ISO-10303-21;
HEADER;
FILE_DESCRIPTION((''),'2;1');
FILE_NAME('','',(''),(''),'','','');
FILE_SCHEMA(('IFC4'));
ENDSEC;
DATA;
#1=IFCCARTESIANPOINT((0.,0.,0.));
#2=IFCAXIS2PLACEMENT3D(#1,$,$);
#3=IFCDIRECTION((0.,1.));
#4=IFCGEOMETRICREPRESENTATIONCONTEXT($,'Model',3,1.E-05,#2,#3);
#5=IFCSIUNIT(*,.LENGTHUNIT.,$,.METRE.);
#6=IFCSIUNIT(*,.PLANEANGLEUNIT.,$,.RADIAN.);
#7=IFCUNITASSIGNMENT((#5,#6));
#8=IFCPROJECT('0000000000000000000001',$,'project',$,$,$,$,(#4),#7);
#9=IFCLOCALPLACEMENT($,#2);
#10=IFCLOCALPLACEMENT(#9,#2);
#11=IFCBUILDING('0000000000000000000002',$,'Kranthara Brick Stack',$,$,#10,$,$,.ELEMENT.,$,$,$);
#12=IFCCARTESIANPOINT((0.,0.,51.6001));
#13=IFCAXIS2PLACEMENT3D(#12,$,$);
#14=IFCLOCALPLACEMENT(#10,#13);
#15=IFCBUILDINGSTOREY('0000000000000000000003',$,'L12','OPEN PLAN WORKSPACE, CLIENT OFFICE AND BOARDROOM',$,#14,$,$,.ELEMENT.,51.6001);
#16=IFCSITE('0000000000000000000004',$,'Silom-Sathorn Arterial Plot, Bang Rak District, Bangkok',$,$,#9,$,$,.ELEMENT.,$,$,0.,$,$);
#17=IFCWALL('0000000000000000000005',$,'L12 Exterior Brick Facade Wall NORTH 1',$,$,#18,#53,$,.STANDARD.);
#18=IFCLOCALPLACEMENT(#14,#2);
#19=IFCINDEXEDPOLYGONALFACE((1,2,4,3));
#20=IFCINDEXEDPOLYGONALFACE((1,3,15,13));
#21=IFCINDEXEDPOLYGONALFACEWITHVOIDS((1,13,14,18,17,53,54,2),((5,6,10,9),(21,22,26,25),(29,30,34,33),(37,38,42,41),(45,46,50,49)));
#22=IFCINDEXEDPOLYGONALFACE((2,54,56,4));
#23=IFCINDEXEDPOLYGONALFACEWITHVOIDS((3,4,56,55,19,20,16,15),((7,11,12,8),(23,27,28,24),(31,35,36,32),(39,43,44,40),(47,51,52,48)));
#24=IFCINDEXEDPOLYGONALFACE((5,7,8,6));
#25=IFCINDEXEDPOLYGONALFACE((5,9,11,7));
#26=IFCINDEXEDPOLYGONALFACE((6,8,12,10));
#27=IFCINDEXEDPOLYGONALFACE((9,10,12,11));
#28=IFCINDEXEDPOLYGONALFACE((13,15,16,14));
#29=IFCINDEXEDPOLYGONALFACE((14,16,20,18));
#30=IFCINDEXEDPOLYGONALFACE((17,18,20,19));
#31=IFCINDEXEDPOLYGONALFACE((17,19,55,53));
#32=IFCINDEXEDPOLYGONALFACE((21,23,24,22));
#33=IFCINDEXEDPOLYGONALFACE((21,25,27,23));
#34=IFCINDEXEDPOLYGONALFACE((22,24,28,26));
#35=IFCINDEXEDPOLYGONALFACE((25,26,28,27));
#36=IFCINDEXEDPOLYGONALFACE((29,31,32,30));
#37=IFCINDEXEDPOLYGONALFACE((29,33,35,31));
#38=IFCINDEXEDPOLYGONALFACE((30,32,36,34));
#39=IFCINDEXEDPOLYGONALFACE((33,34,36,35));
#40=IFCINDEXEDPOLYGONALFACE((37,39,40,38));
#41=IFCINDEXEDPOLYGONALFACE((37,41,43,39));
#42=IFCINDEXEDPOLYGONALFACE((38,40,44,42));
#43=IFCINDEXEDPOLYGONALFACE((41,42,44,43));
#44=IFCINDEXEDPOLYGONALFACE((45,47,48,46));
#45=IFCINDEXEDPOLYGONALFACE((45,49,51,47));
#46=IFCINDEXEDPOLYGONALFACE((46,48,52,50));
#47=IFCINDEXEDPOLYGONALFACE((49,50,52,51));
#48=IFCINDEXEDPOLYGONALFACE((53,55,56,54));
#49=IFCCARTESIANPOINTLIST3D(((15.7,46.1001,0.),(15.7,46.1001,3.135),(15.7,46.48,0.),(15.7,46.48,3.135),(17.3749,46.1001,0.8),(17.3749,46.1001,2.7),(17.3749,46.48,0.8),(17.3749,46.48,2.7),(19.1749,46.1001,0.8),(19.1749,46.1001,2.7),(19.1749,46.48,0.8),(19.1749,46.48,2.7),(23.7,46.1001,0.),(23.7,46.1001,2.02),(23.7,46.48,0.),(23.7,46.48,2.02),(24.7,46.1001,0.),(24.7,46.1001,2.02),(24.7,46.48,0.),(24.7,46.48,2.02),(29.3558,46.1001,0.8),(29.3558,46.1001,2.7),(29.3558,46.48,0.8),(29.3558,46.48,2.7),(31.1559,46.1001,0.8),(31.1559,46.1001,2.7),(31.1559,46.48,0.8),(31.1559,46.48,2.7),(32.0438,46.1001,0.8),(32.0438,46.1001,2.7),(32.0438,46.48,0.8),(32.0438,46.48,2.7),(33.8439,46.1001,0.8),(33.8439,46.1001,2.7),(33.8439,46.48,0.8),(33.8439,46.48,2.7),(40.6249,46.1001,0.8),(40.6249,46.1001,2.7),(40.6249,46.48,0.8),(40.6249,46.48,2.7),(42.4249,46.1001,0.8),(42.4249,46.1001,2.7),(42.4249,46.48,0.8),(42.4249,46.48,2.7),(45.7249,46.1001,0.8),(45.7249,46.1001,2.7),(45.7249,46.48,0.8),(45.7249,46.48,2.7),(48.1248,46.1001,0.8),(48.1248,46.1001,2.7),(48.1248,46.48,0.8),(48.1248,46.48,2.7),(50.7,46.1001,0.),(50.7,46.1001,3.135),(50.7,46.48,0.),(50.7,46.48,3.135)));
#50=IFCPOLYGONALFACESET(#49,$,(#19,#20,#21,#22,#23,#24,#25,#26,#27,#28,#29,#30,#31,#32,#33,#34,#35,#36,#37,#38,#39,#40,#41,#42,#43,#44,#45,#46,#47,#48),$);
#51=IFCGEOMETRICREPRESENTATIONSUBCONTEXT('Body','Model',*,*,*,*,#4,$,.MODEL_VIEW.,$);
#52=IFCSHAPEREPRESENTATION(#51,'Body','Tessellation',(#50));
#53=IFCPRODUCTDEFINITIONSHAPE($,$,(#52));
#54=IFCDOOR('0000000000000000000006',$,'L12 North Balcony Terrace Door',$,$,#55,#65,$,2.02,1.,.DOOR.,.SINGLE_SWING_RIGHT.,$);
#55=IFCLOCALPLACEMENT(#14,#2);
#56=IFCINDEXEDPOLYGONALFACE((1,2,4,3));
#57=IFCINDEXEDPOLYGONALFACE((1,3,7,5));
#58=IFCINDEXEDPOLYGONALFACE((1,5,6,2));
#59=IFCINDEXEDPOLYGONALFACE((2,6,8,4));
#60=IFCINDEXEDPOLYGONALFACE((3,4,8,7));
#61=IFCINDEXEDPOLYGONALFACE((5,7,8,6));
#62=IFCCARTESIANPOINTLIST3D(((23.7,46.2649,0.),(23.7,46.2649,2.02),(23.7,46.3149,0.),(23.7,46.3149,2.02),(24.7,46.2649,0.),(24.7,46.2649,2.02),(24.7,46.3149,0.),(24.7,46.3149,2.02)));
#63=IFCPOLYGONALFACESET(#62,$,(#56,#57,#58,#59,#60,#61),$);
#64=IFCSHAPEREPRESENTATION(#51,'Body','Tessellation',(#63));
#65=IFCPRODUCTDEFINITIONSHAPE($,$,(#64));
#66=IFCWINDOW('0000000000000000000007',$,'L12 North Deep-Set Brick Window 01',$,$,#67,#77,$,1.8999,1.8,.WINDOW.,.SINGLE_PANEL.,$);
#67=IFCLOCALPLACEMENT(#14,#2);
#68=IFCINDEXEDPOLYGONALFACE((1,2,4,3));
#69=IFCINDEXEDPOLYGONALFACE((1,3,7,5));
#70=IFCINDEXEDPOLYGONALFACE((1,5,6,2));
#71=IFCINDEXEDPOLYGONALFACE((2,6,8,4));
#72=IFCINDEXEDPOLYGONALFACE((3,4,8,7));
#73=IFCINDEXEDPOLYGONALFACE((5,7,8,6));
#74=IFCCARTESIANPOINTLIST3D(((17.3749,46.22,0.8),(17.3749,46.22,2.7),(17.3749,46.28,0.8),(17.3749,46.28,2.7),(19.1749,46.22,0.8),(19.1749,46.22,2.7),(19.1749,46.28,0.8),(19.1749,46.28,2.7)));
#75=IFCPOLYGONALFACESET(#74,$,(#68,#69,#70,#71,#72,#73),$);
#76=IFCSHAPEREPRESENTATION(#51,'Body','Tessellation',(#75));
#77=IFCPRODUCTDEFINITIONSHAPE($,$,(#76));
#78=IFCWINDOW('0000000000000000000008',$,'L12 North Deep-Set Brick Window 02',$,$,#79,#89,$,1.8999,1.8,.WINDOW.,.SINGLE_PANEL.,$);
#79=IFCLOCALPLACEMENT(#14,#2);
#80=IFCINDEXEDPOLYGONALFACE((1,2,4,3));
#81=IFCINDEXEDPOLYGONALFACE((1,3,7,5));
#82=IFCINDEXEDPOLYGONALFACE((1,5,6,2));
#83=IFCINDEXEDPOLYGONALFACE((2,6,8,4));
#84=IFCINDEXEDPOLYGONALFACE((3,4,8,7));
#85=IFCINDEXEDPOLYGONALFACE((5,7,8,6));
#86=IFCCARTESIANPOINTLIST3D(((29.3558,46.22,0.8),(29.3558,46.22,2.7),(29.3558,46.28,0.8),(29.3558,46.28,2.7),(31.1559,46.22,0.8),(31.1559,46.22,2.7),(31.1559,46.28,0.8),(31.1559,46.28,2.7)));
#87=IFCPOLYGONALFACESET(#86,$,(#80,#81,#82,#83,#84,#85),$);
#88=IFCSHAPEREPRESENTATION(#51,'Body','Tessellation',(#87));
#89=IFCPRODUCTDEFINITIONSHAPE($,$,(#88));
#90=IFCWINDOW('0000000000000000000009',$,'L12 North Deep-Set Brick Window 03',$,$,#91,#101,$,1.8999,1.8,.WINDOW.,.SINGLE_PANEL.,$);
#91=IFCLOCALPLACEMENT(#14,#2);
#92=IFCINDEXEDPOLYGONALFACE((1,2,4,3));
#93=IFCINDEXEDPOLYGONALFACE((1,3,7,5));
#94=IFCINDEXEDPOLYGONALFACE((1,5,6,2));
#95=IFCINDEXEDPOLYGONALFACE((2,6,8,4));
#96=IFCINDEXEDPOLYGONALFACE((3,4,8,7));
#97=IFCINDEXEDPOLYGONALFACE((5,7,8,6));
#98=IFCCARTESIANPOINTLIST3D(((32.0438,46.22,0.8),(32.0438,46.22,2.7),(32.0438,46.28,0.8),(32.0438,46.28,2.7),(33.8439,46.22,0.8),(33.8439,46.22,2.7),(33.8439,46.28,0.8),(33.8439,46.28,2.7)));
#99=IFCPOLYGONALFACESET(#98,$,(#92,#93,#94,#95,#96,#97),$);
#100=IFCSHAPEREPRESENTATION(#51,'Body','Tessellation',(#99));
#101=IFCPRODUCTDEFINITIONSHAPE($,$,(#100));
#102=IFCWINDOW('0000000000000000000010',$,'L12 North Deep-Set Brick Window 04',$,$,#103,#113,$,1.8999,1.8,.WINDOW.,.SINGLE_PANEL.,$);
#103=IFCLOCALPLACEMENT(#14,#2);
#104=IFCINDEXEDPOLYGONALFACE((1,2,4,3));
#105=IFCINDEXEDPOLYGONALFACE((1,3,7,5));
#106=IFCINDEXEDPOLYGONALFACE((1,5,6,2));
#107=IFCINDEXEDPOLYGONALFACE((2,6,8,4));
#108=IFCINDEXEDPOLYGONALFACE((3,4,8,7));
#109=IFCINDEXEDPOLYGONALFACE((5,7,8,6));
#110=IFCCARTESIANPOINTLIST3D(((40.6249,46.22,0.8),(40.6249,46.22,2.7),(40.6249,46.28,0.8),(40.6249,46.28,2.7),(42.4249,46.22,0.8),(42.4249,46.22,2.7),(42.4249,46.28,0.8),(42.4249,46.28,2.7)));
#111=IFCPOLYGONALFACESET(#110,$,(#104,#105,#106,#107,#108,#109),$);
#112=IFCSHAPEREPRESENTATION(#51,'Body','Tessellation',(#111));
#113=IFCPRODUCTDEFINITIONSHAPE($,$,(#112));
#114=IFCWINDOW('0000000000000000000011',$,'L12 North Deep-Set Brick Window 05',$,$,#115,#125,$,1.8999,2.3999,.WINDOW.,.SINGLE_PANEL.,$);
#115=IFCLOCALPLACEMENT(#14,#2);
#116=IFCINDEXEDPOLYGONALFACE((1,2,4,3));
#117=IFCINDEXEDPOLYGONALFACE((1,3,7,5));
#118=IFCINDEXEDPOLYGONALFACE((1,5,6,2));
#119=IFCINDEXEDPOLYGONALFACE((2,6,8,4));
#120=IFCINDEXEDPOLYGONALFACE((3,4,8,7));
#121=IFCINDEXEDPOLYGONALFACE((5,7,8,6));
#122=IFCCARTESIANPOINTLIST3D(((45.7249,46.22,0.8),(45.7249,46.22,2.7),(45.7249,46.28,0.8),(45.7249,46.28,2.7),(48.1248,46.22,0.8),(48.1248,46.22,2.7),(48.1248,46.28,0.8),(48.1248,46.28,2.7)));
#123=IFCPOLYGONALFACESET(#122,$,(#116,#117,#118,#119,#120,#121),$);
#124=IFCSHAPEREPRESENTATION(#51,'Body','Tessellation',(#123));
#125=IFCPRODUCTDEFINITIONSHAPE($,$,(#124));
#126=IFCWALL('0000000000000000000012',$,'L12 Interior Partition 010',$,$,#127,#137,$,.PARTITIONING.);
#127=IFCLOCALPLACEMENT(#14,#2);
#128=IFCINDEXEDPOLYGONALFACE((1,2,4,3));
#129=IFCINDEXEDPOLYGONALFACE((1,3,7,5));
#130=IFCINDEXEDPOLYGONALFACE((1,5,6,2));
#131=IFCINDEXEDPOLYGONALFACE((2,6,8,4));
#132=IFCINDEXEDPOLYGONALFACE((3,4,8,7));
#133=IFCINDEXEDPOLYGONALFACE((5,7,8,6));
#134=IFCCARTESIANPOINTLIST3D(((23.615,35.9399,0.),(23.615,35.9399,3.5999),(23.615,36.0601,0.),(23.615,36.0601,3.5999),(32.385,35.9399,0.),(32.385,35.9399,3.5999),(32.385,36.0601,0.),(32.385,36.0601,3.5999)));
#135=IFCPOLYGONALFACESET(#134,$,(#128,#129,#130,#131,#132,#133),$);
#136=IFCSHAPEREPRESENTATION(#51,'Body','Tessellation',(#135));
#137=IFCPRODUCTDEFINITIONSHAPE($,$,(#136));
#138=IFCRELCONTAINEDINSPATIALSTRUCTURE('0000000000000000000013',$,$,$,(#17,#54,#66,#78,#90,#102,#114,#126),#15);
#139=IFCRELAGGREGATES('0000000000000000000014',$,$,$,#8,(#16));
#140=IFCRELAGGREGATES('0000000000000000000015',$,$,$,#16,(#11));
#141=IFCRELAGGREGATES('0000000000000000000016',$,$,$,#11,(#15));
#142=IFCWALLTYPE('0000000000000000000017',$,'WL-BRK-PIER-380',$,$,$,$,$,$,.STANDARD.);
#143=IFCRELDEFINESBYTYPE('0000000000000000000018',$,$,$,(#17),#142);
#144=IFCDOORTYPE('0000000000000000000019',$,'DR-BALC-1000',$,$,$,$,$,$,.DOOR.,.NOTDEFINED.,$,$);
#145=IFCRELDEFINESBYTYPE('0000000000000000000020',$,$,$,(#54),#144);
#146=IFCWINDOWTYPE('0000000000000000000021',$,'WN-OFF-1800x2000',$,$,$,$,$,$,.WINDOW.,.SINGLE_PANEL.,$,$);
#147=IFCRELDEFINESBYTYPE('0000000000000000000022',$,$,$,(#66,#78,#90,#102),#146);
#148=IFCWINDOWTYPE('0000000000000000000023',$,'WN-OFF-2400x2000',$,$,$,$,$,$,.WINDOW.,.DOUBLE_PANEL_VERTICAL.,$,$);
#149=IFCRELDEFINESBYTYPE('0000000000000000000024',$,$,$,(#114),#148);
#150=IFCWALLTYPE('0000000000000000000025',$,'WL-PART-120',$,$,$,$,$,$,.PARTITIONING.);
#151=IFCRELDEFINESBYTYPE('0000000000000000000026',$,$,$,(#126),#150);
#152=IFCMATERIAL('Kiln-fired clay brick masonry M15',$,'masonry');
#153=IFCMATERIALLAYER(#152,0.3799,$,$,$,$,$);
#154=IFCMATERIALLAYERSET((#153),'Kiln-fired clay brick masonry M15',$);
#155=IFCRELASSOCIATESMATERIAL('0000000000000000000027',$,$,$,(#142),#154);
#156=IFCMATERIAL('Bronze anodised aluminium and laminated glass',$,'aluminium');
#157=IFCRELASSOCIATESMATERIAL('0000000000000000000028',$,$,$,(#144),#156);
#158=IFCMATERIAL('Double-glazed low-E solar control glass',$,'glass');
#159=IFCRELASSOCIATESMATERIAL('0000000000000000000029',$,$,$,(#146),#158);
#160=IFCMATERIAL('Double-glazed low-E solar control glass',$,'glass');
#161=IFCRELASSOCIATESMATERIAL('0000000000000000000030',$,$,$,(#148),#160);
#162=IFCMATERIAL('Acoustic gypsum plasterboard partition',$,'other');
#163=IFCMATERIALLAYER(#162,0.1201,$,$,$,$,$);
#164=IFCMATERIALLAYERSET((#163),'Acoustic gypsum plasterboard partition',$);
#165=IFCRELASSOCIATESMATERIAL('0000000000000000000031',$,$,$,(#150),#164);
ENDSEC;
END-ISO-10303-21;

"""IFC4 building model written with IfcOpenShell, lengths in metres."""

from ifc_helpers import new_model, si_unit, direction, frame, frame_2d, origin, place, context, subcontext, project, spatial, rectangle, extrude, material, layer, layer_set, type_object, element, fill, save


model = new_model("IFC4")

# Units and contexts
model_context = context("Model", 3, precision=1e-05, world=origin(), true_north=direction((0.0, 1.0)))
body_context = subcontext(model_context, "Body", "Model", "MODEL_VIEW")
ifc_project = project(units=[si_unit("LENGTHUNIT", "METRE"), si_unit("PLANEANGLEUNIT", "RADIAN")], contexts=[model_context])

# Site, building, storey
site_placement = place(None, origin())
site = spatial("IfcSite", under=ifc_project, at=site_placement, Name="Silom-Sathorn Arterial Plot, Bang Rak District, Bangkok", CompositionType="ELEMENT", RefElevation=0.0)
building_placement = place(site_placement, origin())
building = spatial("IfcBuilding", under=site, at=building_placement, Name="Kranthara Brick Stack", CompositionType="ELEMENT")
storey_placement = place(building_placement, frame((0.0, 0.0, 51.6001)))
storey = spatial("IfcBuildingStorey", under=building, at=storey_placement, Name="L12", Description="OPEN PLAN WORKSPACE, CLIENT OFFICE AND BOARDROOM", CompositionType="ELEMENT", Elevation=51.6001)

# Shared definitions
ifc_material_1 = material(Name="Kiln-fired clay brick masonry M15", Category="masonry")
ifc_layer_1 = layer(ifc_material_1, 0.3799)
ifc_layer_set_1 = layer_set([ifc_layer_1], Name="Kiln-fired clay brick masonry M15")
wall_type_1 = type_object("IfcWallType", Name="WL-BRK-PIER-380", PredefinedType="STANDARD", material=ifc_layer_set_1)

# Wall, openings, door, windows
wall_1_placement = place(storey_placement, frame((15.7, 46.29, 0.0), z_axis=(0.0, 0.0, 1.0), x_axis=(1.0, 0.0, 0.0)))
wall_1 = element("IfcWall", 1, at=wall_1_placement, inside=storey, type_object=wall_type_1, Name="L12 Exterior Brick Facade Wall NORTH 1", PredefinedType="STANDARD", context=body_context, shape_type="SweptSolid", body=[
    extrude(rectangle(XDim=35.0, YDim=0.3799, at=frame_2d((17.5, 0.0))), origin(), (0.0, 0.0, 1.0), 3.135),
])
opening_1_placement = place(wall_1_placement, frame((8.0, 0.0, 0.0)))
opening_1 = element("IfcOpeningElement", 2, at=opening_1_placement, cuts=wall_1, PredefinedType="OPENING", context=body_context, shape_type="SweptSolid", body=[
    extrude(rectangle(XDim=1.0, YDim=2.02, at=frame_2d((0.5, 1.01))), frame((0.0, 0.2, 0.0), z_axis=(0.0, -1.0, 0.0), x_axis=(1.0, 0.0, 0.0)), (0.0, 0.0, 1.0), 0.3999),
])
opening_2_placement = place(wall_1_placement, frame((1.675, 0.0, 0.8)))
opening_2 = element("IfcOpeningElement", 3, at=opening_2_placement, cuts=wall_1, PredefinedType="OPENING", context=body_context, shape_type="SweptSolid", body=[
    extrude(rectangle(XDim=1.8, YDim=1.8999, at=frame_2d((0.8999, 0.95))), frame((0.0, 0.2, 0.0), z_axis=(0.0, -1.0, 0.0), x_axis=(1.0, 0.0, 0.0)), (0.0, 0.0, 1.0), 0.3999),
])
opening_3_placement = place(wall_1_placement, frame((13.656, 0.0, 0.8)))
opening_3 = element("IfcOpeningElement", 4, at=opening_3_placement, cuts=wall_1, PredefinedType="OPENING", context=body_context, shape_type="SweptSolid", body=[
    extrude(rectangle(XDim=1.8, YDim=1.8999, at=frame_2d((0.8999, 0.95))), frame((0.0, 0.2, 0.0), z_axis=(0.0, -1.0, 0.0), x_axis=(1.0, 0.0, 0.0)), (0.0, 0.0, 1.0), 0.3999),
])
opening_4_placement = place(wall_1_placement, frame((16.344, 0.0, 0.8)))
opening_4 = element("IfcOpeningElement", 5, at=opening_4_placement, cuts=wall_1, PredefinedType="OPENING", context=body_context, shape_type="SweptSolid", body=[
    extrude(rectangle(XDim=1.8, YDim=1.8999, at=frame_2d((0.8999, 0.95))), frame((0.0, 0.2, 0.0), z_axis=(0.0, -1.0, 0.0), x_axis=(1.0, 0.0, 0.0)), (0.0, 0.0, 1.0), 0.3999),
])
opening_5_placement = place(wall_1_placement, frame((24.925, 0.0, 0.8)))
opening_5 = element("IfcOpeningElement", 6, at=opening_5_placement, cuts=wall_1, PredefinedType="OPENING", context=body_context, shape_type="SweptSolid", body=[
    extrude(rectangle(XDim=1.8, YDim=1.8999, at=frame_2d((0.8999, 0.95))), frame((0.0, 0.2, 0.0), z_axis=(0.0, -1.0, 0.0), x_axis=(1.0, 0.0, 0.0)), (0.0, 0.0, 1.0), 0.3999),
])
opening_6_placement = place(wall_1_placement, frame((30.0249, 0.0, 0.8)))
opening_6 = element("IfcOpeningElement", 7, at=opening_6_placement, cuts=wall_1, PredefinedType="OPENING", context=body_context, shape_type="SweptSolid", body=[
    extrude(rectangle(XDim=2.3999, YDim=1.8999, at=frame_2d((1.2, 0.95))), frame((0.0, 0.2, 0.0), z_axis=(0.0, -1.0, 0.0), x_axis=(1.0, 0.0, 0.0)), (0.0, 0.0, 1.0), 0.3999),
])
ifc_material_2 = material(Name="Bronze anodised aluminium and laminated glass", Category="aluminium")
door_type_1 = type_object("IfcDoorType", Name="DR-BALC-1000", OperationType="NOTDEFINED", PredefinedType="DOOR", material=ifc_material_2)
door_1_placement = place(opening_1_placement, origin())
door_1 = element("IfcDoor", 8, at=door_1_placement, inside=storey, type_object=door_type_1, Name="L12 North Balcony Terrace Door", OperationType="SINGLE_SWING_RIGHT", OverallHeight=2.02, OverallWidth=1.0, PredefinedType="DOOR", context=body_context, shape_type="SweptSolid", body=[
    extrude(rectangle(XDim=1.0, YDim=2.02, at=frame_2d((0.5, 1.01))), frame((0.0, 0.0249, 0.0), z_axis=(0.0, -1.0, 0.0), x_axis=(1.0, 0.0, 0.0)), (0.0, 0.0, 1.0), 0.05),
])
fill(opening_1, door_1)
ifc_material_3 = material(Name="Double-glazed low-E solar control glass", Category="glass")
window_type_1 = type_object("IfcWindowType", Name="WN-OFF-1800x2000", PartitioningType="SINGLE_PANEL", PredefinedType="WINDOW", material=ifc_material_3)
window_1_placement = place(opening_2_placement, origin())
window_1 = element("IfcWindow", 9, at=window_1_placement, inside=storey, type_object=window_type_1, Name="L12 North Deep-Set Brick Window 01", OverallHeight=1.8999, OverallWidth=1.8, PartitioningType="SINGLE_PANEL", PredefinedType="WINDOW", context=body_context, shape_type="SweptSolid", body=[
    extrude(rectangle(XDim=1.8, YDim=1.8999, at=frame_2d((0.8999, 0.95))), frame((0.0, -0.01, 0.0), z_axis=(0.0, -1.0, 0.0), x_axis=(1.0, 0.0, 0.0)), (0.0, 0.0, 1.0), 0.0601),
])
fill(opening_2, window_1)
window_2_placement = place(opening_3_placement, origin())
window_2 = element("IfcWindow", 10, at=window_2_placement, inside=storey, type_object=window_type_1, Name="L12 North Deep-Set Brick Window 02", OverallHeight=1.8999, OverallWidth=1.8, PartitioningType="SINGLE_PANEL", PredefinedType="WINDOW", context=body_context, shape_type="SweptSolid", body=[
    extrude(rectangle(XDim=1.8, YDim=1.8999, at=frame_2d((0.8999, 0.95))), frame((0.0, -0.01, 0.0), z_axis=(0.0, -1.0, 0.0), x_axis=(1.0, 0.0, 0.0)), (0.0, 0.0, 1.0), 0.0601),
])
fill(opening_3, window_2)
window_3_placement = place(opening_4_placement, origin())
window_3 = element("IfcWindow", 11, at=window_3_placement, inside=storey, type_object=window_type_1, Name="L12 North Deep-Set Brick Window 03", OverallHeight=1.8999, OverallWidth=1.8, PartitioningType="SINGLE_PANEL", PredefinedType="WINDOW", context=body_context, shape_type="SweptSolid", body=[
    extrude(rectangle(XDim=1.8, YDim=1.8999, at=frame_2d((0.8999, 0.95))), frame((0.0, -0.01, 0.0), z_axis=(0.0, -1.0, 0.0), x_axis=(1.0, 0.0, 0.0)), (0.0, 0.0, 1.0), 0.0601),
])
fill(opening_4, window_3)
window_4_placement = place(opening_5_placement, origin())
window_4 = element("IfcWindow", 12, at=window_4_placement, inside=storey, type_object=window_type_1, Name="L12 North Deep-Set Brick Window 04", OverallHeight=1.8999, OverallWidth=1.8, PartitioningType="SINGLE_PANEL", PredefinedType="WINDOW", context=body_context, shape_type="SweptSolid", body=[
    extrude(rectangle(XDim=1.8, YDim=1.8999, at=frame_2d((0.8999, 0.95))), frame((0.0, -0.01, 0.0), z_axis=(0.0, -1.0, 0.0), x_axis=(1.0, 0.0, 0.0)), (0.0, 0.0, 1.0), 0.0601),
])
fill(opening_5, window_4)
ifc_material_4 = material(Name="Double-glazed low-E solar control glass", Category="glass")
window_type_2 = type_object("IfcWindowType", Name="WN-OFF-2400x2000", PartitioningType="DOUBLE_PANEL_VERTICAL", PredefinedType="WINDOW", material=ifc_material_4)
window_5_placement = place(opening_6_placement, origin())
window_5 = element("IfcWindow", 13, at=window_5_placement, inside=storey, type_object=window_type_2, Name="L12 North Deep-Set Brick Window 05", OverallHeight=1.8999, OverallWidth=2.3999, PartitioningType="SINGLE_PANEL", PredefinedType="WINDOW", context=body_context, shape_type="SweptSolid", body=[
    extrude(rectangle(XDim=2.3999, YDim=1.8999, at=frame_2d((1.2, 0.95))), frame((0.0, -0.01, 0.0), z_axis=(0.0, -1.0, 0.0), x_axis=(1.0, 0.0, 0.0)), (0.0, 0.0, 1.0), 0.0601),
])
fill(opening_6, window_5)

# Wall
ifc_material_5 = material(Name="Acoustic gypsum plasterboard partition", Category="other")
ifc_layer_2 = layer(ifc_material_5, 0.1201)
ifc_layer_set_2 = layer_set([ifc_layer_2], Name="Acoustic gypsum plasterboard partition")
wall_type_2 = type_object("IfcWallType", Name="WL-PART-120", PredefinedType="PARTITIONING", material=ifc_layer_set_2)
wall_2_placement = place(storey_placement, frame((23.615, 36.0, 0.0), z_axis=(0.0, 0.0, 1.0), x_axis=(1.0, 0.0, 0.0)))
element("IfcWall", 14, at=wall_2_placement, inside=storey, type_object=wall_type_2, Name="L12 Interior Partition 010", PredefinedType="PARTITIONING", context=body_context, shape_type="SweptSolid", body=[
    extrude(rectangle(XDim=8.77, YDim=0.1201, at=frame_2d((4.385, 0.0))), origin(), (0.0, 0.0, 1.0), 3.5999),
])

save(model, "model.ifc")
